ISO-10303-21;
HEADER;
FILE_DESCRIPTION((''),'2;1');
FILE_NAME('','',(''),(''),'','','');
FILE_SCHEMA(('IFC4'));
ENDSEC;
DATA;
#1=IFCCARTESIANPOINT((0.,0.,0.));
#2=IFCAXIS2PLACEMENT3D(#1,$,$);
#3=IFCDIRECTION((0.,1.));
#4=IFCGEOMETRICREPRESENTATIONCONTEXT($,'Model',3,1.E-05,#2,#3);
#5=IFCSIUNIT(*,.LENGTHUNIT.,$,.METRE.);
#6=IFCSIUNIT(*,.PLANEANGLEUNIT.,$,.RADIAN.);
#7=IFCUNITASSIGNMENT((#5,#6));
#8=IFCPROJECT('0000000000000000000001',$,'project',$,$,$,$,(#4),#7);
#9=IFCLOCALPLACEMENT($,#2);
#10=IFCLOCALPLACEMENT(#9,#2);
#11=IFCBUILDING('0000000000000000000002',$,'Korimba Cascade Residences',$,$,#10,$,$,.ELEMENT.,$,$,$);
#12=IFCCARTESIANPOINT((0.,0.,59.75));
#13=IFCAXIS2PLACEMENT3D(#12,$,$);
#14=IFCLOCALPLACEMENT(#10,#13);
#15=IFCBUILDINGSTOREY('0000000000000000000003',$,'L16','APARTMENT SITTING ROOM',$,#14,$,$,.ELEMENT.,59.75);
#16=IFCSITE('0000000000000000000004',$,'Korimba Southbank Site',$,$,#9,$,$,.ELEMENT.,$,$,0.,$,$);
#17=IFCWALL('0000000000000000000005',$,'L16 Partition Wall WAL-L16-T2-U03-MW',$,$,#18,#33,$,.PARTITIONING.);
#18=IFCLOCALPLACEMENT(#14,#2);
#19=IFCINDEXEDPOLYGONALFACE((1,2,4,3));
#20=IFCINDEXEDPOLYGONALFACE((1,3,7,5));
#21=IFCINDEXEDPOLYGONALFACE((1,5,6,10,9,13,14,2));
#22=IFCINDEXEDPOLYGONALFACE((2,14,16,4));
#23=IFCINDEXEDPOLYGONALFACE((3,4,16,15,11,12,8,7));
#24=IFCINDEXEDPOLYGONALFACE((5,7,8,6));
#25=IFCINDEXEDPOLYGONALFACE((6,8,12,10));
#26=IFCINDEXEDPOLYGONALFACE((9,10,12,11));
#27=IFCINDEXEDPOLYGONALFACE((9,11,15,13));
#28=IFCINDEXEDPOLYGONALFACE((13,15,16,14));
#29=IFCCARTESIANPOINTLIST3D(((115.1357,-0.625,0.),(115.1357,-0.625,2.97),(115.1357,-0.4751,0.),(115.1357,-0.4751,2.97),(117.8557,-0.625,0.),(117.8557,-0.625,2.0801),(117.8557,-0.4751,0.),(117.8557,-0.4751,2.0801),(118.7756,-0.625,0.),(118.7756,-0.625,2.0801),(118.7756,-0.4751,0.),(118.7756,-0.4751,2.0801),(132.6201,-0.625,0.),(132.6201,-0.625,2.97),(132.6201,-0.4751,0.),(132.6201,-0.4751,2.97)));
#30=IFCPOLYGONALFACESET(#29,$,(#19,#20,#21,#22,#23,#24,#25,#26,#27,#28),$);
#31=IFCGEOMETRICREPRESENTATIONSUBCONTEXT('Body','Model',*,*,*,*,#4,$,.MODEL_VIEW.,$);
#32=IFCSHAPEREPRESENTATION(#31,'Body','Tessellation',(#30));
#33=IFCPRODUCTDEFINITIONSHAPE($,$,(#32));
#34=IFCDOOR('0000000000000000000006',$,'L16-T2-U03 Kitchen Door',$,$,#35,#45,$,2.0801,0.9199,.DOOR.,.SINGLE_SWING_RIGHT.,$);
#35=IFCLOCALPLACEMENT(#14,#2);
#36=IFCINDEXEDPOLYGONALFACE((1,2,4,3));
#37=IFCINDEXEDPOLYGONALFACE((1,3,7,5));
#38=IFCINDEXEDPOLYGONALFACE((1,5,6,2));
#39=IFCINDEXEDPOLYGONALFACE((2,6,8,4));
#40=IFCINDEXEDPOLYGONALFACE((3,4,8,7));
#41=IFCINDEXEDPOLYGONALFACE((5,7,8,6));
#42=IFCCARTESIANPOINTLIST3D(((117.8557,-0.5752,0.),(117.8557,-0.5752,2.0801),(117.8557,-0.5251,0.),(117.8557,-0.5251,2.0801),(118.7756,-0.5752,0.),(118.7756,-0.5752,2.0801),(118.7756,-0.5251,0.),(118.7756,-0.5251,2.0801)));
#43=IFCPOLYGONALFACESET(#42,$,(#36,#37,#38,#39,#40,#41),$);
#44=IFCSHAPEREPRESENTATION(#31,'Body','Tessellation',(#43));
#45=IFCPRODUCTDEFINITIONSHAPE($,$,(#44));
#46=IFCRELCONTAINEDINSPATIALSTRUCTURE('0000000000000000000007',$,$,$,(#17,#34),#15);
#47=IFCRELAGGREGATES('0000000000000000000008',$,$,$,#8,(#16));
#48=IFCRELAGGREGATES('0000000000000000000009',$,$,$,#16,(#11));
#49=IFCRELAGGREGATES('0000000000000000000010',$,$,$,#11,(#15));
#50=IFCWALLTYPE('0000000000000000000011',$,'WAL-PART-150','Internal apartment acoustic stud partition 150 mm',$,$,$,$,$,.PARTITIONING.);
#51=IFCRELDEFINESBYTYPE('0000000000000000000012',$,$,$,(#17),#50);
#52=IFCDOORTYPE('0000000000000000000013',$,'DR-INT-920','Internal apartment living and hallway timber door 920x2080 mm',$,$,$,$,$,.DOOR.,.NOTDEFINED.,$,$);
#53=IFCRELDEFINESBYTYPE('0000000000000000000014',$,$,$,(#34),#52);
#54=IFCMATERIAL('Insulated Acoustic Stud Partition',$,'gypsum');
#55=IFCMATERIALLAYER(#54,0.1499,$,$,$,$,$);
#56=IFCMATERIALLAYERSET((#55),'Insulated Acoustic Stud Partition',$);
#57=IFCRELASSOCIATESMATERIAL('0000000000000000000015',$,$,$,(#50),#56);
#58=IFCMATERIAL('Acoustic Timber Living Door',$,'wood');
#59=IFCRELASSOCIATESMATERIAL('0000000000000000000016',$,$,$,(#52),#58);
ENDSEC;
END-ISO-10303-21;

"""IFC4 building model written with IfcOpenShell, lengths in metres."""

from ifc_helpers import new_model, si_unit, direction, frame, frame_2d, origin, place, context, subcontext, project, spatial, rectangle, extrude, material, layer, layer_set, type_object, element, fill, save


model = new_model("IFC4")

# Units and contexts
model_context = context("Model", 3, precision=1e-05, world=origin(), true_north=direction((0.0, 1.0)))
body_context = subcontext(model_context, "Body", "Model", "MODEL_VIEW")
ifc_project = project(units=[si_unit("LENGTHUNIT", "METRE"), si_unit("PLANEANGLEUNIT", "RADIAN")], contexts=[model_context])

# Site, building, storey
site_placement = place(None, origin())
site = spatial("IfcSite", under=ifc_project, at=site_placement, Name="Korimba Southbank Site", CompositionType="ELEMENT", RefElevation=0.0)
building_placement = place(site_placement, origin())
building = spatial("IfcBuilding", under=site, at=building_placement, Name="Korimba Cascade Residences", CompositionType="ELEMENT")
storey_placement = place(building_placement, frame((0.0, 0.0, 59.75)))
storey = spatial("IfcBuildingStorey", under=building, at=storey_placement, Name="L16", Description="APARTMENT SITTING ROOM", CompositionType="ELEMENT", Elevation=59.75)

# Shared definitions
ifc_material_1 = material(Name="Insulated Acoustic Stud Partition", Category="gypsum")
ifc_layer = layer(ifc_material_1, 0.1499)
ifc_layer_set = layer_set([ifc_layer], Name="Insulated Acoustic Stud Partition")
wall_type = type_object("IfcWallType", Name="WAL-PART-150", Description="Internal apartment acoustic stud partition 150 mm", PredefinedType="PARTITIONING", material=ifc_layer_set)

# Wall, opening, door
wall_1_placement = place(storey_placement, frame((115.1357, -0.55, 0.0), z_axis=(0.0, 0.0, 1.0), x_axis=(1.0, 0.0, 0.0)))
wall_1 = element("IfcWall", 1, at=wall_1_placement, inside=storey, type_object=wall_type, Name="L16 Partition Wall WAL-L16-T2-U03-MW", PredefinedType="PARTITIONING", context=body_context, shape_type="SweptSolid", body=[
    extrude(rectangle(XDim=17.4844, YDim=0.1499, at=frame_2d((8.7422, 0.0))), origin(), (0.0, 0.0, 1.0), 2.97),
])
opening_1_placement = place(wall_1_placement, frame((2.72, 0.0, 0.0)))
opening_1 = element("IfcOpeningElement", 2, at=opening_1_placement, cuts=wall_1, PredefinedType="OPENING", context=body_context, shape_type="SweptSolid", body=[
    extrude(rectangle(XDim=0.9199, YDim=2.0801, at=frame_2d((0.46, 1.04))), frame((0.0, 0.085, 0.0), z_axis=(0.0, -1.0, 0.0), x_axis=(1.0, 0.0, 0.0)), (0.0, 0.0, 1.0), 0.1699),
])
ifc_material_2 = material(Name="Acoustic Timber Living Door", Category="wood")
door_type_1 = type_object("IfcDoorType", Name="DR-INT-920", Description="Internal apartment living and hallway timber door 920x2080 mm", OperationType="NOTDEFINED", PredefinedType="DOOR", material=ifc_material_2)
door_1_placement = place(opening_1_placement, origin())
door_1 = element("IfcDoor", 3, at=door_1_placement, inside=storey, type_object=door_type_1, Name="L16-T2-U03 Kitchen Door", OperationType="SINGLE_SWING_RIGHT", OverallHeight=2.0801, OverallWidth=0.9199, PredefinedType="DOOR", context=body_context, shape_type="SweptSolid", body=[
    extrude(rectangle(XDim=0.9199, YDim=2.0801, at=frame_2d((0.46, 1.04))), frame((0.0, 0.0249, 0.0), z_axis=(0.0, -1.0, 0.0), x_axis=(1.0, 0.0, 0.0)), (0.0, 0.0, 1.0), 0.05),
])
fill(opening_1, door_1)

save(model, "model.ifc")
